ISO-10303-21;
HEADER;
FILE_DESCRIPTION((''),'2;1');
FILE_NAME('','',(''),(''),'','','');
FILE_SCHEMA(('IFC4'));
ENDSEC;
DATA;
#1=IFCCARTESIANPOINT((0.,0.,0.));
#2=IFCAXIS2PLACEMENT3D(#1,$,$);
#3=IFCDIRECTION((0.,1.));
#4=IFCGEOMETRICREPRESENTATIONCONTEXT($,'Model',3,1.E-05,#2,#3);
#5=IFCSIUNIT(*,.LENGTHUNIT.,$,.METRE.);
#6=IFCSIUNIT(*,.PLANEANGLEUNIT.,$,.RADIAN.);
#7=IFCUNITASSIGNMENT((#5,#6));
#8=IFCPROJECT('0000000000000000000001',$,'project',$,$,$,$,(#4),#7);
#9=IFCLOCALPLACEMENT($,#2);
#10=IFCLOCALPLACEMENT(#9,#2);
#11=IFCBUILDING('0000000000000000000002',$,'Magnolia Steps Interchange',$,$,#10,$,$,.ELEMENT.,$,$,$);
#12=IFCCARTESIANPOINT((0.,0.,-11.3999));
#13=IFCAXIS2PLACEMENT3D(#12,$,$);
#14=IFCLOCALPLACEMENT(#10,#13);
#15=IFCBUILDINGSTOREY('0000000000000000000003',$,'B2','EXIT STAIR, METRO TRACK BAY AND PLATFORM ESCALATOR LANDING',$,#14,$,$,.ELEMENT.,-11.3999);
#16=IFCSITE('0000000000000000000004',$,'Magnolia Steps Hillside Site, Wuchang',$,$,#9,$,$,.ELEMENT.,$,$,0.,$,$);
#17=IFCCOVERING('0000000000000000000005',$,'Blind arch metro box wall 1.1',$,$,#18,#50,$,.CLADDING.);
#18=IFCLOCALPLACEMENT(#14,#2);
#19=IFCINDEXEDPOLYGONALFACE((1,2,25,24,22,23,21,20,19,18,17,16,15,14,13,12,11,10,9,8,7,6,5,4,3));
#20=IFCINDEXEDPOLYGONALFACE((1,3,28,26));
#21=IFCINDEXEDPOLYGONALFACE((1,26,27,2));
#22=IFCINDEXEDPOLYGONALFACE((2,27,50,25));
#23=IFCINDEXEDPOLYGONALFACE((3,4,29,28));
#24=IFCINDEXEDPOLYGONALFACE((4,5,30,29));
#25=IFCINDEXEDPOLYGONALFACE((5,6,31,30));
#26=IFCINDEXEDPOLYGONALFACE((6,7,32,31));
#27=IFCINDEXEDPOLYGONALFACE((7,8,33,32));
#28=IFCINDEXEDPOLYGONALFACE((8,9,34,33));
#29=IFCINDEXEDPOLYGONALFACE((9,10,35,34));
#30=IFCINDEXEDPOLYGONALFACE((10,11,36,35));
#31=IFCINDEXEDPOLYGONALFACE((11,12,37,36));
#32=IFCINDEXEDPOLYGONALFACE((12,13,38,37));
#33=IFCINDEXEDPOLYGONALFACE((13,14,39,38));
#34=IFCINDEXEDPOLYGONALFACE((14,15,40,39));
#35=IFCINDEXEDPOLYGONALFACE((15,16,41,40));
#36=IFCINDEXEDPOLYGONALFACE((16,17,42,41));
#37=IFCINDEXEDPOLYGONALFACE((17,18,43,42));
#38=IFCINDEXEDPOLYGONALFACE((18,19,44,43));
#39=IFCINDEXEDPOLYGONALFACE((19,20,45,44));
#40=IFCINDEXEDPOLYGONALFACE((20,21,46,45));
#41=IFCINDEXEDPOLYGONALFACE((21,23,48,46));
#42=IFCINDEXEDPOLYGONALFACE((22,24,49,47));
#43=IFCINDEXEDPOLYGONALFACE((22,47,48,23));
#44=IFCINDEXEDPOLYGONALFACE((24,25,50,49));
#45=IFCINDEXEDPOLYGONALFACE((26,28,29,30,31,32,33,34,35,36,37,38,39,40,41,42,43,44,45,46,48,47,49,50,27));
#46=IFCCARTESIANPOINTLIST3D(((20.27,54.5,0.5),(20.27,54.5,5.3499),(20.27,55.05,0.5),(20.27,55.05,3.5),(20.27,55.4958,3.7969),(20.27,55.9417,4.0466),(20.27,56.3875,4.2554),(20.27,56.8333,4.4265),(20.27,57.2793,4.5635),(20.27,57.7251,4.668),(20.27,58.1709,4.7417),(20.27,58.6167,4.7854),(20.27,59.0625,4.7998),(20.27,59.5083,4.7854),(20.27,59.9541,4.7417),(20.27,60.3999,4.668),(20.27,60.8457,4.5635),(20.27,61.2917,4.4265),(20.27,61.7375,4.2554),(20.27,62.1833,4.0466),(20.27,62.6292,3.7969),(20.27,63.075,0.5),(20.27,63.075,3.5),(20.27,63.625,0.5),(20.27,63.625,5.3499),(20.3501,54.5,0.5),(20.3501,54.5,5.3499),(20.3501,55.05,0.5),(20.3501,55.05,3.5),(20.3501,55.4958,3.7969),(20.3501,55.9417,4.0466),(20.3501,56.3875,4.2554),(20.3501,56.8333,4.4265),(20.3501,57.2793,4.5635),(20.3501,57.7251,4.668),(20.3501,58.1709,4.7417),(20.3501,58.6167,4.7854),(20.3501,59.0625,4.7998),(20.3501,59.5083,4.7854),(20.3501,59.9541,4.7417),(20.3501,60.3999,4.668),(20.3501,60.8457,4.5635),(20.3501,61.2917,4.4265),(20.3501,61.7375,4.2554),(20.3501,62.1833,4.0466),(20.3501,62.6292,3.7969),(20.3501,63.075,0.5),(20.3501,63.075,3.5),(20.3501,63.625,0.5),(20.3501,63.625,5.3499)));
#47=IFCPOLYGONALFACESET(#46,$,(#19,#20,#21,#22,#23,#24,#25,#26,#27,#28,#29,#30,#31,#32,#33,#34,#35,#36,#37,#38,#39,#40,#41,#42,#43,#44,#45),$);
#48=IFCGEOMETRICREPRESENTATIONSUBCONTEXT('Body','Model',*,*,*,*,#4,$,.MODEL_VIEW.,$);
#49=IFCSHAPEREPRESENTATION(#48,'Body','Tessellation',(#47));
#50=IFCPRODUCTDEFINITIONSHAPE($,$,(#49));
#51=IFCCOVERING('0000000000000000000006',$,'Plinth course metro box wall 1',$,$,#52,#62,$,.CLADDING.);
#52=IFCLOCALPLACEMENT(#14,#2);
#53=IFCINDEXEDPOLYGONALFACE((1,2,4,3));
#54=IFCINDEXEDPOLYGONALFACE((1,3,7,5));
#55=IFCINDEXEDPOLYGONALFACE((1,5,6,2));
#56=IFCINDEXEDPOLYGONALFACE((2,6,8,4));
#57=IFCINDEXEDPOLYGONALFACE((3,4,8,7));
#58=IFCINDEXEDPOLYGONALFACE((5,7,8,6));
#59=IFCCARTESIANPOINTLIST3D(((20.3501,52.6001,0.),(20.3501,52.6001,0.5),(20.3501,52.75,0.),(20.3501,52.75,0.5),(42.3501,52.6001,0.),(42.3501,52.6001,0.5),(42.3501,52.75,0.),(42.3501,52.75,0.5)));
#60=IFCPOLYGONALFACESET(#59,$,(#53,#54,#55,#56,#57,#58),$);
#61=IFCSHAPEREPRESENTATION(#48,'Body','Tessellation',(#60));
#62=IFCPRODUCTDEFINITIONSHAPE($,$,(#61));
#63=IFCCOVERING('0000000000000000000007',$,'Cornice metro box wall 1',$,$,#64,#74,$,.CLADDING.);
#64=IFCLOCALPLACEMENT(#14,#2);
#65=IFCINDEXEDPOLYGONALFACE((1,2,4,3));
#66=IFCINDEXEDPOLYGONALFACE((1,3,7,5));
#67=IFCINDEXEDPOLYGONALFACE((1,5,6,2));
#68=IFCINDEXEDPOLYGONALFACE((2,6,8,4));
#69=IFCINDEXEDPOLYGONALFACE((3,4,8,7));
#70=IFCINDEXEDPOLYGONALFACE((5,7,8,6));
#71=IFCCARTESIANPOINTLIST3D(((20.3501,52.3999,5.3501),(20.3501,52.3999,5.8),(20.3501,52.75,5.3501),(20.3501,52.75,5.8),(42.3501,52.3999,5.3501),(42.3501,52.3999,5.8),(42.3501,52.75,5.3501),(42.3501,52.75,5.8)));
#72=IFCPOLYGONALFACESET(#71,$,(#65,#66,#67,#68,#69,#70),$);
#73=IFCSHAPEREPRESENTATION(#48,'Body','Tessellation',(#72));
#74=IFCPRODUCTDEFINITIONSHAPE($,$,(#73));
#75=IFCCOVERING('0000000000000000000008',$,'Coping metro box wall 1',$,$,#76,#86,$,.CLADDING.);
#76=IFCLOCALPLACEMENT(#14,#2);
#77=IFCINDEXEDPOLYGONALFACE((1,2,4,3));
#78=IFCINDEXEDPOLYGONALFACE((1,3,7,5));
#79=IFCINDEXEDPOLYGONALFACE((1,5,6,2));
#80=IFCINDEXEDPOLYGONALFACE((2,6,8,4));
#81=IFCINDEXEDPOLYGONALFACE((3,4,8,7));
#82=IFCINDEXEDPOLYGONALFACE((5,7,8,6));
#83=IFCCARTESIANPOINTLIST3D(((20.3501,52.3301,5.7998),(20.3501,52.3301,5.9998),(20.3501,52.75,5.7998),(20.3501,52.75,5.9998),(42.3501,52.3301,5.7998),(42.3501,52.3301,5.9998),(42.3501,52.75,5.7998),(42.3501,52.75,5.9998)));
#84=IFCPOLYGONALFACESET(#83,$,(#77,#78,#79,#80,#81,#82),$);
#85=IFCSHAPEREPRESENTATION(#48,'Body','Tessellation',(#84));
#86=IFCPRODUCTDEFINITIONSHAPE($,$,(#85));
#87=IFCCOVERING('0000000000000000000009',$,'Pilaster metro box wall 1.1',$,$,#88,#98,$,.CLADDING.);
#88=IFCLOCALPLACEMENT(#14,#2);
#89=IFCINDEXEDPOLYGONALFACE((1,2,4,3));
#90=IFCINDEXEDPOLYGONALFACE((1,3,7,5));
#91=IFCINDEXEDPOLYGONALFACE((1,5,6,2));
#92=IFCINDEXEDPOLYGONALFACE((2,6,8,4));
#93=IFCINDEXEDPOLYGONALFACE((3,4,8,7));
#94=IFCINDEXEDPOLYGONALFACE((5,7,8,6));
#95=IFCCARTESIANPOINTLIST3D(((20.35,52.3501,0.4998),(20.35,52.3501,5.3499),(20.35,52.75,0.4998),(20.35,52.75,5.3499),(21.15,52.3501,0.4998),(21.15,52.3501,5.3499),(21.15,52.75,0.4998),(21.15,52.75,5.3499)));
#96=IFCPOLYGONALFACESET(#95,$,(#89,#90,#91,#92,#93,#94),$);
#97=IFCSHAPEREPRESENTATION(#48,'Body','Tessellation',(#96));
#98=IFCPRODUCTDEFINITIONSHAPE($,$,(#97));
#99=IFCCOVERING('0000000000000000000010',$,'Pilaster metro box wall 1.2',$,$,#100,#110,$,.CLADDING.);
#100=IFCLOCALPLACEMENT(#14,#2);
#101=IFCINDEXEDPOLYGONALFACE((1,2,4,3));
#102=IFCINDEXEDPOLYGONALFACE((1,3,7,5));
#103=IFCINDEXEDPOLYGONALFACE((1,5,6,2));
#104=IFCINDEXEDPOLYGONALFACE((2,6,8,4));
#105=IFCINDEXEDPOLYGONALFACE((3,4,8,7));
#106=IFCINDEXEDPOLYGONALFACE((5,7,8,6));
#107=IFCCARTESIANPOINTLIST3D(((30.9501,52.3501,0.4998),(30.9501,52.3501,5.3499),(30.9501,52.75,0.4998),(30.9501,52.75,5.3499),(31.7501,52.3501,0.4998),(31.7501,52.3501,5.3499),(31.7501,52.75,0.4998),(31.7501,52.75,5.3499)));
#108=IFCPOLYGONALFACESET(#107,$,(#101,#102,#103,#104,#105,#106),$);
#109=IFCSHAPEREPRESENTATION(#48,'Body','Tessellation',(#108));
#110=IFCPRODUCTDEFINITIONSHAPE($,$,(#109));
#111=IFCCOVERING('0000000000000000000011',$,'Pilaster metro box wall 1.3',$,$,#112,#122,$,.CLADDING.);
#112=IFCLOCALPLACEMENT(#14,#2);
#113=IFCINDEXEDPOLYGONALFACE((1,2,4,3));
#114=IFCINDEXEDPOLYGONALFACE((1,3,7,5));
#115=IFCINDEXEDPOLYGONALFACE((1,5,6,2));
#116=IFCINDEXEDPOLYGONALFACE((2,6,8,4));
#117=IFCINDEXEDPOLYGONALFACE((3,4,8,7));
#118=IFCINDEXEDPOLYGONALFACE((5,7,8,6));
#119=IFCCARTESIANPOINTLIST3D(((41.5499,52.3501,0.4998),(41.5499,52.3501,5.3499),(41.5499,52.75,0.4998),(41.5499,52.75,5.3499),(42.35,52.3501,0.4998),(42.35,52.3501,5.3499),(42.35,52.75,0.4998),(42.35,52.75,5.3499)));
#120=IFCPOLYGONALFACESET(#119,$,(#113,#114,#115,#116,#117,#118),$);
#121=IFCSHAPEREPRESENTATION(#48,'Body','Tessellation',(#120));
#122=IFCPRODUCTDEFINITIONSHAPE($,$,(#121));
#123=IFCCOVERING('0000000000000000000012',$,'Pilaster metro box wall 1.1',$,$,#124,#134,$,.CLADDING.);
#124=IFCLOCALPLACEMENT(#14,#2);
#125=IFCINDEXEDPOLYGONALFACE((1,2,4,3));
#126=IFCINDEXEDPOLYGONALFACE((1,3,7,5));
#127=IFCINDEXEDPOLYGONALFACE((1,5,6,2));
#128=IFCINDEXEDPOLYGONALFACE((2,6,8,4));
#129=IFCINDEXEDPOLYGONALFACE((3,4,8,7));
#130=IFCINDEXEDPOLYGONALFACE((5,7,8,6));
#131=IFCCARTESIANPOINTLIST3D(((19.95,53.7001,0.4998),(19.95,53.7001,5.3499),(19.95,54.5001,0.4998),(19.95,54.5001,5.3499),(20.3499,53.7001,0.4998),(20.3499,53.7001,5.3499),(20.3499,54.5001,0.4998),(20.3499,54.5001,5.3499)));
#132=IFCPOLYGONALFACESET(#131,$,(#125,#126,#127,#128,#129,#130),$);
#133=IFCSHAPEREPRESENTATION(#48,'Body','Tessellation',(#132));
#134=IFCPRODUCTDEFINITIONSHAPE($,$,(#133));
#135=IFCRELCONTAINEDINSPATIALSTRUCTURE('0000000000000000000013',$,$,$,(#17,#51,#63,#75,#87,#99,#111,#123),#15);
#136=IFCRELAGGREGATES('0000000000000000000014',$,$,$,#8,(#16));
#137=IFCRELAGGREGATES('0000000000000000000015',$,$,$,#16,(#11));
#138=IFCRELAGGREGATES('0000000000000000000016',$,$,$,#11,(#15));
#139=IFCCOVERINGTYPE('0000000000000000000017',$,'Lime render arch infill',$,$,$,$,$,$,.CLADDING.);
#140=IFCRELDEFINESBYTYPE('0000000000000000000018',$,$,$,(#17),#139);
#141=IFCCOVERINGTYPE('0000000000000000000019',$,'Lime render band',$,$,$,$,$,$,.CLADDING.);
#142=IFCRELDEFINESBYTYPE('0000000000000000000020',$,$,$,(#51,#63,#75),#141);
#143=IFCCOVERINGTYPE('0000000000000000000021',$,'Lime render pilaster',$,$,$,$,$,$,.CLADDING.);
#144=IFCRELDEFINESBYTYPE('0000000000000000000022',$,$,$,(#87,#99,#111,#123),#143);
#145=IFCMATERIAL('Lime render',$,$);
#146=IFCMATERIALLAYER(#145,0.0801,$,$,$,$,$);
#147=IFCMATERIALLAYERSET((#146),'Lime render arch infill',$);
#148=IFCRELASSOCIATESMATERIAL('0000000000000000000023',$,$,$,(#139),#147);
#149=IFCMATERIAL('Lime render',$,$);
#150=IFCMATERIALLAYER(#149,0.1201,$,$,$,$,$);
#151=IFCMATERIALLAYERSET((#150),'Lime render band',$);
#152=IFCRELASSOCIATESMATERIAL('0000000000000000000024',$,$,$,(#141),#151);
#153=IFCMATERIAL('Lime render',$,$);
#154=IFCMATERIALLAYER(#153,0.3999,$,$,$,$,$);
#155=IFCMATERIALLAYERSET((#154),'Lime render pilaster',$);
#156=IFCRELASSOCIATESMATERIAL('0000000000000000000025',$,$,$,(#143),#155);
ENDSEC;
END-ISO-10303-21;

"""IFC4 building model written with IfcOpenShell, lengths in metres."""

from ifc_helpers import new_model, si_unit, direction, frame, origin, origin_2d, place, context, subcontext, project, spatial, polyline, rectangle, outline, extrude, material, layer, layer_set, type_object, element, save


model = new_model("IFC4")

# Units and contexts
model_context = context("Model", 3, precision=1e-05, world=origin(), true_north=direction((0.0, 1.0)))
body_context = subcontext(model_context, "Body", "Model", "MODEL_VIEW")
ifc_project = project(units=[si_unit("LENGTHUNIT", "METRE"), si_unit("PLANEANGLEUNIT", "RADIAN")], contexts=[model_context])

# Site, building, storey
site_placement = place(None, origin())
site = spatial("IfcSite", under=ifc_project, at=site_placement, Name="Magnolia Steps Hillside Site, Wuchang", CompositionType="ELEMENT", RefElevation=0.0)
building_placement = place(site_placement, origin())
building = spatial("IfcBuilding", under=site, at=building_placement, Name="Magnolia Steps Interchange", CompositionType="ELEMENT")
storey_placement = place(building_placement, frame((0.0, 0.0, -11.3999)))
storey = spatial("IfcBuildingStorey", under=building, at=storey_placement, Name="B2", Description="EXIT STAIR, METRO TRACK BAY AND PLATFORM ESCALATOR LANDING", CompositionType="ELEMENT", Elevation=-11.3999)

# Coverings
ifc_material_1 = material(Name="Lime render")
ifc_layer_1 = layer(ifc_material_1, 0.0801)
ifc_layer_set_1 = layer_set([ifc_layer_1], Name="Lime render arch infill")
covering_type_1 = type_object("IfcCoveringType", Name="Lime render arch infill", PredefinedType="CLADDING", material=ifc_layer_set_1)
covering_1_placement = place(storey_placement, frame((20.3501, 55.05, 0.5), z_axis=(1.0, 0.0, 0.0), x_axis=(0.0, 0.0, 1.0)))
element("IfcCovering", 1, at=covering_1_placement, inside=storey, type_object=covering_type_1, Name="Blind arch metro box wall 1.1", PredefinedType="CLADDING", context=body_context, shape_type="SweptSolid", body=[
    extrude(outline(polyline([(0.0, 0.0), (3.0, 0.0), (3.2969, -0.4458), (3.5466, -0.8916), (3.7554, -1.3374), (3.9265, -1.7832), (4.0635, -2.2292), (4.168, -2.675), (4.2417, -3.1208), (4.2854, -3.5667), (4.2998, -4.0125), (4.2854, -4.4583), (4.2417, -4.9041), (4.168, -5.3499), (4.0635, -5.7957), (3.9265, -6.2417), (3.7554, -6.6875), (3.5466, -7.1333), (3.2969, -7.5791), (3.0, -8.0249), (0.0, -8.0249), (0.0, -8.575), (4.8499, -8.575), (4.8499, 0.55), (0.0, 0.55), (0.0, 0.0)])), origin(), (0.0, 0.0, -1.0), 0.0801),
])
ifc_material_2 = material(Name="Lime render")
ifc_layer_2 = layer(ifc_material_2, 0.1201)
ifc_layer_set_2 = layer_set([ifc_layer_2], Name="Lime render band")
covering_type_2 = type_object("IfcCoveringType", Name="Lime render band", PredefinedType="CLADDING", material=ifc_layer_set_2)
covering_2_placement = place(storey_placement, frame((31.3501, 52.675, 0.0), z_axis=(0.0, 0.0, 1.0), x_axis=(1.0, 0.0, 0.0)))
element("IfcCovering", 2, at=covering_2_placement, inside=storey, type_object=covering_type_2, Name="Plinth course metro box wall 1", PredefinedType="CLADDING", context=body_context, shape_type="SweptSolid", body=[
    extrude(rectangle(XDim=22.0, YDim=0.1499, at=origin_2d()), origin(), (0.0, 0.0, 1.0), 0.5),
])
covering_3_placement = place(storey_placement, frame((31.3501, 52.575, 5.3501), z_axis=(0.0, 0.0, 1.0), x_axis=(1.0, 0.0, 0.0)))
element("IfcCovering", 3, at=covering_3_placement, inside=storey, type_object=covering_type_2, Name="Cornice metro box wall 1", PredefinedType="CLADDING", context=body_context, shape_type="SweptSolid", body=[
    extrude(rectangle(XDim=22.0, YDim=0.3501, at=origin_2d()), origin(), (0.0, 0.0, 1.0), 0.45),
])
covering_4_placement = place(storey_placement, frame((31.3501, 52.54, 5.7998), z_axis=(0.0, 0.0, 1.0), x_axis=(1.0, 0.0, 0.0)))
element("IfcCovering", 4, at=covering_4_placement, inside=storey, type_object=covering_type_2, Name="Coping metro box wall 1", PredefinedType="CLADDING", context=body_context, shape_type="SweptSolid", body=[
    extrude(rectangle(XDim=22.0, YDim=0.4199, at=origin_2d()), origin(), (0.0, 0.0, 1.0), 0.2),
])
ifc_material_3 = material(Name="Lime render")
ifc_layer_3 = layer(ifc_material_3, 0.3999)
ifc_layer_set_3 = layer_set([ifc_layer_3], Name="Lime render pilaster")
covering_type_3 = type_object("IfcCoveringType", Name="Lime render pilaster", PredefinedType="CLADDING", material=ifc_layer_set_3)
for number, where, z_axis, x_axis, name in (
    (5, (20.75, 52.55, 0.4998), (0.0, 0.0, 1.0), (1.0, 0.0, 0.0), "Pilaster metro box wall 1.1"),
    (6, (31.3501, 52.55, 0.4998), (0.0, 0.0, 1.0), (1.0, 0.0, 0.0), "Pilaster metro box wall 1.2"),
    (7, (41.95, 52.55, 0.4998), (0.0, 0.0, 1.0), (1.0, 0.0, 0.0), "Pilaster metro box wall 1.3"),
):
    element("IfcCovering", number, at=place(storey_placement, frame(where, z_axis=z_axis, x_axis=x_axis)), inside=storey, type_object=covering_type_3, Name=name, PredefinedType="CLADDING", context=body_context, shape_type="SweptSolid", body=[
        extrude(rectangle(XDim=0.8, YDim=0.3999, at=origin_2d()), origin(), (0.0, 0.0, 1.0), 4.8501),
    ])
covering_5_placement = place(storey_placement, frame((20.1499, 54.1001, 0.4998), z_axis=(0.0, 0.0, 1.0), x_axis=(1.0, 0.0, 0.0)))
element("IfcCovering", 8, at=covering_5_placement, inside=storey, type_object=covering_type_3, Name="Pilaster metro box wall 1.1", PredefinedType="CLADDING", context=body_context, shape_type="SweptSolid", body=[
    extrude(rectangle(XDim=0.3999, YDim=0.8, at=origin_2d()), origin(), (0.0, 0.0, 1.0), 4.8501),
])

save(model, "model.ifc")
